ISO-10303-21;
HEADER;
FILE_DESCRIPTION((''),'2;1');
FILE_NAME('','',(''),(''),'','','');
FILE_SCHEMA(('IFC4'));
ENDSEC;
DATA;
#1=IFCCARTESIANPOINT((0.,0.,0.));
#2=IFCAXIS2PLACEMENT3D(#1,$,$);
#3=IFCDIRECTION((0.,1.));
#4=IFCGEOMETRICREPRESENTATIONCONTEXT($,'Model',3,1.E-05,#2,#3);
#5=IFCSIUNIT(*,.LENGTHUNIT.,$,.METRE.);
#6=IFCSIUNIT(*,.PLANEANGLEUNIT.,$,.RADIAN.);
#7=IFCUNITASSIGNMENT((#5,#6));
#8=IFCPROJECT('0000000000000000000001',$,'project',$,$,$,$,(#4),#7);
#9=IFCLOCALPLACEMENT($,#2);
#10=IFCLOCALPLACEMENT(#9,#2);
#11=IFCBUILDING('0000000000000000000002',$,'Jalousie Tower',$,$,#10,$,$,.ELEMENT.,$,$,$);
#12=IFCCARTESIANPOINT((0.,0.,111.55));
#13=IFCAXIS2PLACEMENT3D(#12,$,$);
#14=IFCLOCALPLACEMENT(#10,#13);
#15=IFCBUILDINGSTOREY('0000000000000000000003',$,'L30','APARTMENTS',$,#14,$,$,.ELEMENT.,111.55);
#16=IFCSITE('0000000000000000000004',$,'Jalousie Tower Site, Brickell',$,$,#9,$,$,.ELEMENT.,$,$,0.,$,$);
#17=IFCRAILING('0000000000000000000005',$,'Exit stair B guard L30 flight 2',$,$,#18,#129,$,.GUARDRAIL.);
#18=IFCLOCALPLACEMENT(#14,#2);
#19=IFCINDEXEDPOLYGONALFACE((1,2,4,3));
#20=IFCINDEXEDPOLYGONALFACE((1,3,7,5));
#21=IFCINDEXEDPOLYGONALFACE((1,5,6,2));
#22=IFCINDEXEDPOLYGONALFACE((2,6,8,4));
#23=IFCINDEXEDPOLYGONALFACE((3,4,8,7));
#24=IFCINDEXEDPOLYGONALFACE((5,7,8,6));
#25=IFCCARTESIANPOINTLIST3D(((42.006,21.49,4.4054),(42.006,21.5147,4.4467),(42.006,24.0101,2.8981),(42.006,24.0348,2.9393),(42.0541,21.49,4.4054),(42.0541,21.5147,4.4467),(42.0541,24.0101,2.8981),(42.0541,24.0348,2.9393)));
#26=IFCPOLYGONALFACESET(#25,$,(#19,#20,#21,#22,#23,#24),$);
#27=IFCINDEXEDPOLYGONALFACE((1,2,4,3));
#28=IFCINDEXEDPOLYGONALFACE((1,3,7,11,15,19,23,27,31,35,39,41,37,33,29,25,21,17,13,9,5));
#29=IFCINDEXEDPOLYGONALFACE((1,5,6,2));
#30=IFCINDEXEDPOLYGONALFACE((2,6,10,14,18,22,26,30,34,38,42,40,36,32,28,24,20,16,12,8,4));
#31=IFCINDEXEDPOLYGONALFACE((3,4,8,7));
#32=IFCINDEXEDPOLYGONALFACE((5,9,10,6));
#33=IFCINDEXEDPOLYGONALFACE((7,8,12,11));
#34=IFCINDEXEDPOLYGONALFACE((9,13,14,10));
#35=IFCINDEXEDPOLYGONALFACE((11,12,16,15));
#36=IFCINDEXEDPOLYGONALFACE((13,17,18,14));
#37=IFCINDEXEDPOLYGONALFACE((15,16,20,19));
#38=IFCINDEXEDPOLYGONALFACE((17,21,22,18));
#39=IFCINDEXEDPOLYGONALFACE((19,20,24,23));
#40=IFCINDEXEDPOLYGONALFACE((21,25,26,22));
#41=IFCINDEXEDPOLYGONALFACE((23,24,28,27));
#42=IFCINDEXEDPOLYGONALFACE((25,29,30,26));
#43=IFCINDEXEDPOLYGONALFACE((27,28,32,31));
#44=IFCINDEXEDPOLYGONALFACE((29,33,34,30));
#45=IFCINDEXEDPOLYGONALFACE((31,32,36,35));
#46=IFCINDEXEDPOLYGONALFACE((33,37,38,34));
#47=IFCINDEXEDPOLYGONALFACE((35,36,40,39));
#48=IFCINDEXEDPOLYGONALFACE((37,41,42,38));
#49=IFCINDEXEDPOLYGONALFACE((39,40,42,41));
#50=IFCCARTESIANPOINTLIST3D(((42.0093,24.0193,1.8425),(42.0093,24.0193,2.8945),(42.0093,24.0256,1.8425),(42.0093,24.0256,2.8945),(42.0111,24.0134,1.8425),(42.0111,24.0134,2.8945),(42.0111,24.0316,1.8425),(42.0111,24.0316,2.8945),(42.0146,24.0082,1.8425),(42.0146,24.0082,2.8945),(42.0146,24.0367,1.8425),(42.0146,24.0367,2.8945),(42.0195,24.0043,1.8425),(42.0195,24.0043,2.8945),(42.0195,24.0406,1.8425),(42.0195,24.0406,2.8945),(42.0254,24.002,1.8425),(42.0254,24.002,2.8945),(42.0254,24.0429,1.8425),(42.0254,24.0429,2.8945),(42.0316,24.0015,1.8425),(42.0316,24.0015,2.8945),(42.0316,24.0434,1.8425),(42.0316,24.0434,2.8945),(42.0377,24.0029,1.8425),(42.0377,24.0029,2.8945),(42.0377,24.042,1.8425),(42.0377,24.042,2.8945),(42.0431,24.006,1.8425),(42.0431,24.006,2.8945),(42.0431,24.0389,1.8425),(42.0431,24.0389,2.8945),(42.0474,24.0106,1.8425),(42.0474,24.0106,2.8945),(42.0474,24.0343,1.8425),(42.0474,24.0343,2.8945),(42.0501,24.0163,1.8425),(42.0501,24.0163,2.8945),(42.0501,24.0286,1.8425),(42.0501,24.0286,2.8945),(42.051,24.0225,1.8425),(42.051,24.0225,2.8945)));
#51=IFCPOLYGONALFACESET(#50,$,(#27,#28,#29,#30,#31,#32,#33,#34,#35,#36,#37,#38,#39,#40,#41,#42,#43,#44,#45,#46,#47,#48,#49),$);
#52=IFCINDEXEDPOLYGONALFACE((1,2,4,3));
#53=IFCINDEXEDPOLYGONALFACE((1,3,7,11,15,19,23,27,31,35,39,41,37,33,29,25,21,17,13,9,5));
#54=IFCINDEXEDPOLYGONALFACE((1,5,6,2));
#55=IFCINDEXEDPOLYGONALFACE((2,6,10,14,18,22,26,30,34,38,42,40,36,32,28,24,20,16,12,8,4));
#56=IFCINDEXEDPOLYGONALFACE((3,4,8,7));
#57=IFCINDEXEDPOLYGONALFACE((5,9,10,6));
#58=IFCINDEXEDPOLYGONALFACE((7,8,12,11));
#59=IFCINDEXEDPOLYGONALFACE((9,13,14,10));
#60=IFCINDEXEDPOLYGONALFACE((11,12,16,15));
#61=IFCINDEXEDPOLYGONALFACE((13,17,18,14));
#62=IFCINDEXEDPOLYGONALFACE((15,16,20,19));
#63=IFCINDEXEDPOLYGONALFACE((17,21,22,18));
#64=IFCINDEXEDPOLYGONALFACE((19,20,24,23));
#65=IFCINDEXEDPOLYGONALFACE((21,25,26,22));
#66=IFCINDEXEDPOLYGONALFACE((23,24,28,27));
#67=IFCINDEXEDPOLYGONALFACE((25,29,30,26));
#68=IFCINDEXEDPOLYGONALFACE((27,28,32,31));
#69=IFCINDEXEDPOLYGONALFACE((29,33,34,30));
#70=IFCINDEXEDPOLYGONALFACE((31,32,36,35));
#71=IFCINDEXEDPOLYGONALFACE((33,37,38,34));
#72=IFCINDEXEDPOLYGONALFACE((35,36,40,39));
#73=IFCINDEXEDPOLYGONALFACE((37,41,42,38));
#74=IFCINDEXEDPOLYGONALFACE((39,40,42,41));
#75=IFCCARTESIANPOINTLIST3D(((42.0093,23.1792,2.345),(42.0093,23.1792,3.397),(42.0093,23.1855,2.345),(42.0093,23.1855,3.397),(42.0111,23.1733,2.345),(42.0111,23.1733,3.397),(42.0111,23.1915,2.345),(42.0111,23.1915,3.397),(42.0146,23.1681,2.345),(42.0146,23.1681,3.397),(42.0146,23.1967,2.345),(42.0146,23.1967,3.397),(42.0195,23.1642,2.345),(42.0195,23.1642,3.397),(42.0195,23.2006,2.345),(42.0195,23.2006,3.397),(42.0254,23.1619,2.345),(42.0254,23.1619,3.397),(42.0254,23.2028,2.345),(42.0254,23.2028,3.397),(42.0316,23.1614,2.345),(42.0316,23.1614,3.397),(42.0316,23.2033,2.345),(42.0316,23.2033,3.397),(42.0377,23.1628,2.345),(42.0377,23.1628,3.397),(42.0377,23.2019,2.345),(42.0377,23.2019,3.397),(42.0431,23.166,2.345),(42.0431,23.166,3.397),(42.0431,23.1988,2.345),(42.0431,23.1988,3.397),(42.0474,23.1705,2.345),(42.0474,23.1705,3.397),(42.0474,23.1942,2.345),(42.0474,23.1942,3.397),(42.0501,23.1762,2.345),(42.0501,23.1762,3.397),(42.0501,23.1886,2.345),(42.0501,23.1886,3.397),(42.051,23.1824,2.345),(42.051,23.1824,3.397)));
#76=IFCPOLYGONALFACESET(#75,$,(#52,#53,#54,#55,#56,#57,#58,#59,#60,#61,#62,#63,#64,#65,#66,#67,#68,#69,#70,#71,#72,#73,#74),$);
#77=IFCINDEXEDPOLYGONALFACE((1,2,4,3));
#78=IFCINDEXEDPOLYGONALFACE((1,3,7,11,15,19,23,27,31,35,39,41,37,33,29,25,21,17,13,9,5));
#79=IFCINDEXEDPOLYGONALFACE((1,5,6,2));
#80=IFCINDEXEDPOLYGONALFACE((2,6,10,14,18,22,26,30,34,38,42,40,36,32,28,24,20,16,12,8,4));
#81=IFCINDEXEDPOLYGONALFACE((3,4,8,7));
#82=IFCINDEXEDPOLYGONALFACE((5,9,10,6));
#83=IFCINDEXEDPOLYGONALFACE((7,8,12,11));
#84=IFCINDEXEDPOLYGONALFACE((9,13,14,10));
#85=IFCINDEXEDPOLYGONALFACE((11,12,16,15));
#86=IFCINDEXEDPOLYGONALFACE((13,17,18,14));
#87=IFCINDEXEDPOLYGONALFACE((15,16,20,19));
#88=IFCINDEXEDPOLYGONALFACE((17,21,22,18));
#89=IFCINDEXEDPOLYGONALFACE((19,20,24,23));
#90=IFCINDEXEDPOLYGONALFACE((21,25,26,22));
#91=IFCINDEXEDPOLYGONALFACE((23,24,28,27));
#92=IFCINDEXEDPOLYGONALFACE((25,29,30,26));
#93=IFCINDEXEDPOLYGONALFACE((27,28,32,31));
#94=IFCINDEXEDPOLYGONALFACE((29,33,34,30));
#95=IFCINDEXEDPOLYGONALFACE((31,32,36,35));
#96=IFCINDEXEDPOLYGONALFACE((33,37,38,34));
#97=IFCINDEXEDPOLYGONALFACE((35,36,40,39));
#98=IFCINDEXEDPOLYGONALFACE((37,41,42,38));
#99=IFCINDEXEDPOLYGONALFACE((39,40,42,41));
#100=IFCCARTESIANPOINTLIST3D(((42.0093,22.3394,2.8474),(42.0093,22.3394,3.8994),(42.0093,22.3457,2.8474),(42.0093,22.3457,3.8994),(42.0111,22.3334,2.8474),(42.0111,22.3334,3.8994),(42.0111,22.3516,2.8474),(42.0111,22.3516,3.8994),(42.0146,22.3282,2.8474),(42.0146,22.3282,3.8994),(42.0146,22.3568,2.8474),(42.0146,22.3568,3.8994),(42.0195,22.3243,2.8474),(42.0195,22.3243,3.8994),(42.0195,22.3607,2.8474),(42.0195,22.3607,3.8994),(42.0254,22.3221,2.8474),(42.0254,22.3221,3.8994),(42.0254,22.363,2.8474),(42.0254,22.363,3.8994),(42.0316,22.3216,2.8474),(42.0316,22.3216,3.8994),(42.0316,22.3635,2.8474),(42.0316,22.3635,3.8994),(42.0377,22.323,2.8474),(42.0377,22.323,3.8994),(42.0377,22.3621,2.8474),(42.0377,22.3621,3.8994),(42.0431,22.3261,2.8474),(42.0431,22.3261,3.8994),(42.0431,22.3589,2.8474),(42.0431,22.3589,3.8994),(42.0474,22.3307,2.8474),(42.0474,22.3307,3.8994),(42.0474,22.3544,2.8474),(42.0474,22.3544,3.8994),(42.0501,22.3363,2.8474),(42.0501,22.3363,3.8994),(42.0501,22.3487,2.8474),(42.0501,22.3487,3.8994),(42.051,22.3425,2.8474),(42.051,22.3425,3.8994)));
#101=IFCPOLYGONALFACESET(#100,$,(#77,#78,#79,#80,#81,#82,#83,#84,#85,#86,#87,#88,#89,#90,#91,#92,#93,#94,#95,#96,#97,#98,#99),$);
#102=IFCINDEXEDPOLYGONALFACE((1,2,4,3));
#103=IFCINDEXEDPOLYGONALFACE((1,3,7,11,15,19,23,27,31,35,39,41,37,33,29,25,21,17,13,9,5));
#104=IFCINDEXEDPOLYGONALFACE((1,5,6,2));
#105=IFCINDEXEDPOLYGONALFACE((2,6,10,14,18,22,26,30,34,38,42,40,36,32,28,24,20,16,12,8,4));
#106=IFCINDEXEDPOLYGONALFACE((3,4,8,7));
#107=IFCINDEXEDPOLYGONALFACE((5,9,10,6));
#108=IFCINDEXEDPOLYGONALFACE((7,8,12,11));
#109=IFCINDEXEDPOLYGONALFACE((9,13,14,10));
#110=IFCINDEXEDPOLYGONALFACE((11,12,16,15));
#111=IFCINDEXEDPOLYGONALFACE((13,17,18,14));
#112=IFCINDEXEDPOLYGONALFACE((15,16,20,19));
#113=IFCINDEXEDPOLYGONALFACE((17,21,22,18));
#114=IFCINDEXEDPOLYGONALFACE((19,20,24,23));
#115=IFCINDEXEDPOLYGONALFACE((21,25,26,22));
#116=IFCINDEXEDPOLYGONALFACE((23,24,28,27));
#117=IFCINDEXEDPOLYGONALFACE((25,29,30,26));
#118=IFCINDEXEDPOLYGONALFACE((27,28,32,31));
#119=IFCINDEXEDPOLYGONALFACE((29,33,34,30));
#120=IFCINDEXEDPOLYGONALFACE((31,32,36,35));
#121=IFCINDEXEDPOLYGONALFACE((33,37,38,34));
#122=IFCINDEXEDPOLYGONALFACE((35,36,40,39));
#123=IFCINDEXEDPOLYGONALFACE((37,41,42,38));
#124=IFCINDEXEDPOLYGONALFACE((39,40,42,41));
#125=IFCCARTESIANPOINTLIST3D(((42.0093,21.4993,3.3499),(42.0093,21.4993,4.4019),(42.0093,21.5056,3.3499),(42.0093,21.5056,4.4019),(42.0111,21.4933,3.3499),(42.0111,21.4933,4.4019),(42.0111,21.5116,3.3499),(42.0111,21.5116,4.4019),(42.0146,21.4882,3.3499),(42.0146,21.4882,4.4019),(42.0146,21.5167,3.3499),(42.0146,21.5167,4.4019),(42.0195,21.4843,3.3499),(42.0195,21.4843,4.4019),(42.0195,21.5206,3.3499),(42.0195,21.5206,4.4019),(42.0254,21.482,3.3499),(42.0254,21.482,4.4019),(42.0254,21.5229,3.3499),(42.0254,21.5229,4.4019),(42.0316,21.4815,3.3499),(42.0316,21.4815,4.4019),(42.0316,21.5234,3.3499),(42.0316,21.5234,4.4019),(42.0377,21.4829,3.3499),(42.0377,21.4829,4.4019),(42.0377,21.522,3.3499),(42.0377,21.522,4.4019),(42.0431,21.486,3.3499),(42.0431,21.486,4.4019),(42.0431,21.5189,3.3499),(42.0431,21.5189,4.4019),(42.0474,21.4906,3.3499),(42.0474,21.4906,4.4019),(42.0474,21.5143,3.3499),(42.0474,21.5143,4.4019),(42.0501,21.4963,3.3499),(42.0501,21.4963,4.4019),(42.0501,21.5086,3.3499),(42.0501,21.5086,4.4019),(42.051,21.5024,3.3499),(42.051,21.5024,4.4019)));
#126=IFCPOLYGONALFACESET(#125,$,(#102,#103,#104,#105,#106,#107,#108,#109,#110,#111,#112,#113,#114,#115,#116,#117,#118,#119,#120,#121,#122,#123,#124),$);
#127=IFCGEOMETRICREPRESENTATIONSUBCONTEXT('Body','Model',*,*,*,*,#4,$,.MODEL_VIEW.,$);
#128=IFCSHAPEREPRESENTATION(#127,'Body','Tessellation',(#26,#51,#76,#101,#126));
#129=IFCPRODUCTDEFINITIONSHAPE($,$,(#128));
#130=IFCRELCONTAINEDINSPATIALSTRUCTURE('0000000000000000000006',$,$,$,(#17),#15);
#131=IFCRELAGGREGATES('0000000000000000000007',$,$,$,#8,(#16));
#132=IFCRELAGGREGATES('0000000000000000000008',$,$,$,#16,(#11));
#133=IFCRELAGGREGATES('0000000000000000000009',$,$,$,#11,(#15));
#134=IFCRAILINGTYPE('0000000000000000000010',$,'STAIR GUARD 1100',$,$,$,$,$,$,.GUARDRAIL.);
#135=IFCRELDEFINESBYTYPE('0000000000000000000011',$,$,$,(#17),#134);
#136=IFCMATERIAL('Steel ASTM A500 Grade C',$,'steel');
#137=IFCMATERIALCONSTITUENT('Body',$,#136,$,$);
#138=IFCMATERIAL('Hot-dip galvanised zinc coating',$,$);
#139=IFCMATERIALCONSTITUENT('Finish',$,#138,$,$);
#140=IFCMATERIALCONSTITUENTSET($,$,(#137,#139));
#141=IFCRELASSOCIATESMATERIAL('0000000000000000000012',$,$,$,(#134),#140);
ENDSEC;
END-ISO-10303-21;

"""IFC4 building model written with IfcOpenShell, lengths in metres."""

from ifc_helpers import new_model, si_unit, direction, frame, origin, origin_2d, place, context, subcontext, project, spatial, rectangle, circle, extrude, material, constituent, constituent_set, type_object, element, save


model = new_model("IFC4")

# Units and contexts
model_context = context("Model", 3, precision=1e-05, world=origin(), true_north=direction((0.0, 1.0)))
body_context = subcontext(model_context, "Body", "Model", "MODEL_VIEW")
ifc_project = project(units=[si_unit("LENGTHUNIT", "METRE"), si_unit("PLANEANGLEUNIT", "RADIAN")], contexts=[model_context])

# Site, building, storey
site_placement = place(None, origin())
site = spatial("IfcSite", under=ifc_project, at=site_placement, Name="Jalousie Tower Site, Brickell", CompositionType="ELEMENT", RefElevation=0.0)
building_placement = place(site_placement, origin())
building = spatial("IfcBuilding", under=site, at=building_placement, Name="Jalousie Tower", CompositionType="ELEMENT")
storey_placement = place(building_placement, frame((0.0, 0.0, 111.55)))
storey = spatial("IfcBuildingStorey", under=building, at=storey_placement, Name="L30", Description="APARTMENTS", CompositionType="ELEMENT", Elevation=111.55)

# Railing
ifc_material_1 = material(Name="Steel ASTM A500 Grade C", Category="steel")
ifc_constituent_1 = constituent(ifc_material_1, Name="Body")
ifc_material_2 = material(Name="Hot-dip galvanised zinc coating")
ifc_constituent_2 = constituent(ifc_material_2, Name="Finish")
ifc_constituent_set_1 = constituent_set(constituents=[ifc_constituent_1, ifc_constituent_2])
railing_type_1 = type_object("IfcRailingType", Name="STAIR GUARD 1100", PredefinedType="GUARDRAIL", material=ifc_constituent_set_1)
railing_1_placement = place(storey_placement, frame((42.03, 24.0225, 1.8425)))
element("IfcRailing", 1, at=railing_1_placement, inside=storey, type_object=railing_type_1, Name="Exit stair B guard L30 flight 2", PredefinedType="GUARDRAIL", context=body_context, shape_type="SweptSolid", body=[
    extrude(rectangle(XDim=0.0481, YDim=0.0481, at=origin_2d()), frame((0.0, 0.0, 1.0762), z_axis=(0.0, -0.858196, 0.513321), x_axis=(1.0, 0.0, 0.0)), (0.0, 0.0, 1.0), 2.9365),
    extrude(circle(Radius=0.021, at=origin_2d()), origin(), (0.0, 0.0, 1.0), 1.052),
    extrude(circle(Radius=0.021, at=origin_2d()), frame((0.0, -0.8401, 0.5024)), (0.0, 0.0, 1.0), 1.052),
    extrude(circle(Radius=0.021, at=origin_2d()), frame((0.0, -1.6799, 1.0049)), (0.0, 0.0, 1.0), 1.052),
    extrude(circle(Radius=0.021, at=origin_2d()), frame((0.0, -2.52, 1.5073)), (0.0, 0.0, 1.0), 1.052),
])

save(model, "model.ifc")
